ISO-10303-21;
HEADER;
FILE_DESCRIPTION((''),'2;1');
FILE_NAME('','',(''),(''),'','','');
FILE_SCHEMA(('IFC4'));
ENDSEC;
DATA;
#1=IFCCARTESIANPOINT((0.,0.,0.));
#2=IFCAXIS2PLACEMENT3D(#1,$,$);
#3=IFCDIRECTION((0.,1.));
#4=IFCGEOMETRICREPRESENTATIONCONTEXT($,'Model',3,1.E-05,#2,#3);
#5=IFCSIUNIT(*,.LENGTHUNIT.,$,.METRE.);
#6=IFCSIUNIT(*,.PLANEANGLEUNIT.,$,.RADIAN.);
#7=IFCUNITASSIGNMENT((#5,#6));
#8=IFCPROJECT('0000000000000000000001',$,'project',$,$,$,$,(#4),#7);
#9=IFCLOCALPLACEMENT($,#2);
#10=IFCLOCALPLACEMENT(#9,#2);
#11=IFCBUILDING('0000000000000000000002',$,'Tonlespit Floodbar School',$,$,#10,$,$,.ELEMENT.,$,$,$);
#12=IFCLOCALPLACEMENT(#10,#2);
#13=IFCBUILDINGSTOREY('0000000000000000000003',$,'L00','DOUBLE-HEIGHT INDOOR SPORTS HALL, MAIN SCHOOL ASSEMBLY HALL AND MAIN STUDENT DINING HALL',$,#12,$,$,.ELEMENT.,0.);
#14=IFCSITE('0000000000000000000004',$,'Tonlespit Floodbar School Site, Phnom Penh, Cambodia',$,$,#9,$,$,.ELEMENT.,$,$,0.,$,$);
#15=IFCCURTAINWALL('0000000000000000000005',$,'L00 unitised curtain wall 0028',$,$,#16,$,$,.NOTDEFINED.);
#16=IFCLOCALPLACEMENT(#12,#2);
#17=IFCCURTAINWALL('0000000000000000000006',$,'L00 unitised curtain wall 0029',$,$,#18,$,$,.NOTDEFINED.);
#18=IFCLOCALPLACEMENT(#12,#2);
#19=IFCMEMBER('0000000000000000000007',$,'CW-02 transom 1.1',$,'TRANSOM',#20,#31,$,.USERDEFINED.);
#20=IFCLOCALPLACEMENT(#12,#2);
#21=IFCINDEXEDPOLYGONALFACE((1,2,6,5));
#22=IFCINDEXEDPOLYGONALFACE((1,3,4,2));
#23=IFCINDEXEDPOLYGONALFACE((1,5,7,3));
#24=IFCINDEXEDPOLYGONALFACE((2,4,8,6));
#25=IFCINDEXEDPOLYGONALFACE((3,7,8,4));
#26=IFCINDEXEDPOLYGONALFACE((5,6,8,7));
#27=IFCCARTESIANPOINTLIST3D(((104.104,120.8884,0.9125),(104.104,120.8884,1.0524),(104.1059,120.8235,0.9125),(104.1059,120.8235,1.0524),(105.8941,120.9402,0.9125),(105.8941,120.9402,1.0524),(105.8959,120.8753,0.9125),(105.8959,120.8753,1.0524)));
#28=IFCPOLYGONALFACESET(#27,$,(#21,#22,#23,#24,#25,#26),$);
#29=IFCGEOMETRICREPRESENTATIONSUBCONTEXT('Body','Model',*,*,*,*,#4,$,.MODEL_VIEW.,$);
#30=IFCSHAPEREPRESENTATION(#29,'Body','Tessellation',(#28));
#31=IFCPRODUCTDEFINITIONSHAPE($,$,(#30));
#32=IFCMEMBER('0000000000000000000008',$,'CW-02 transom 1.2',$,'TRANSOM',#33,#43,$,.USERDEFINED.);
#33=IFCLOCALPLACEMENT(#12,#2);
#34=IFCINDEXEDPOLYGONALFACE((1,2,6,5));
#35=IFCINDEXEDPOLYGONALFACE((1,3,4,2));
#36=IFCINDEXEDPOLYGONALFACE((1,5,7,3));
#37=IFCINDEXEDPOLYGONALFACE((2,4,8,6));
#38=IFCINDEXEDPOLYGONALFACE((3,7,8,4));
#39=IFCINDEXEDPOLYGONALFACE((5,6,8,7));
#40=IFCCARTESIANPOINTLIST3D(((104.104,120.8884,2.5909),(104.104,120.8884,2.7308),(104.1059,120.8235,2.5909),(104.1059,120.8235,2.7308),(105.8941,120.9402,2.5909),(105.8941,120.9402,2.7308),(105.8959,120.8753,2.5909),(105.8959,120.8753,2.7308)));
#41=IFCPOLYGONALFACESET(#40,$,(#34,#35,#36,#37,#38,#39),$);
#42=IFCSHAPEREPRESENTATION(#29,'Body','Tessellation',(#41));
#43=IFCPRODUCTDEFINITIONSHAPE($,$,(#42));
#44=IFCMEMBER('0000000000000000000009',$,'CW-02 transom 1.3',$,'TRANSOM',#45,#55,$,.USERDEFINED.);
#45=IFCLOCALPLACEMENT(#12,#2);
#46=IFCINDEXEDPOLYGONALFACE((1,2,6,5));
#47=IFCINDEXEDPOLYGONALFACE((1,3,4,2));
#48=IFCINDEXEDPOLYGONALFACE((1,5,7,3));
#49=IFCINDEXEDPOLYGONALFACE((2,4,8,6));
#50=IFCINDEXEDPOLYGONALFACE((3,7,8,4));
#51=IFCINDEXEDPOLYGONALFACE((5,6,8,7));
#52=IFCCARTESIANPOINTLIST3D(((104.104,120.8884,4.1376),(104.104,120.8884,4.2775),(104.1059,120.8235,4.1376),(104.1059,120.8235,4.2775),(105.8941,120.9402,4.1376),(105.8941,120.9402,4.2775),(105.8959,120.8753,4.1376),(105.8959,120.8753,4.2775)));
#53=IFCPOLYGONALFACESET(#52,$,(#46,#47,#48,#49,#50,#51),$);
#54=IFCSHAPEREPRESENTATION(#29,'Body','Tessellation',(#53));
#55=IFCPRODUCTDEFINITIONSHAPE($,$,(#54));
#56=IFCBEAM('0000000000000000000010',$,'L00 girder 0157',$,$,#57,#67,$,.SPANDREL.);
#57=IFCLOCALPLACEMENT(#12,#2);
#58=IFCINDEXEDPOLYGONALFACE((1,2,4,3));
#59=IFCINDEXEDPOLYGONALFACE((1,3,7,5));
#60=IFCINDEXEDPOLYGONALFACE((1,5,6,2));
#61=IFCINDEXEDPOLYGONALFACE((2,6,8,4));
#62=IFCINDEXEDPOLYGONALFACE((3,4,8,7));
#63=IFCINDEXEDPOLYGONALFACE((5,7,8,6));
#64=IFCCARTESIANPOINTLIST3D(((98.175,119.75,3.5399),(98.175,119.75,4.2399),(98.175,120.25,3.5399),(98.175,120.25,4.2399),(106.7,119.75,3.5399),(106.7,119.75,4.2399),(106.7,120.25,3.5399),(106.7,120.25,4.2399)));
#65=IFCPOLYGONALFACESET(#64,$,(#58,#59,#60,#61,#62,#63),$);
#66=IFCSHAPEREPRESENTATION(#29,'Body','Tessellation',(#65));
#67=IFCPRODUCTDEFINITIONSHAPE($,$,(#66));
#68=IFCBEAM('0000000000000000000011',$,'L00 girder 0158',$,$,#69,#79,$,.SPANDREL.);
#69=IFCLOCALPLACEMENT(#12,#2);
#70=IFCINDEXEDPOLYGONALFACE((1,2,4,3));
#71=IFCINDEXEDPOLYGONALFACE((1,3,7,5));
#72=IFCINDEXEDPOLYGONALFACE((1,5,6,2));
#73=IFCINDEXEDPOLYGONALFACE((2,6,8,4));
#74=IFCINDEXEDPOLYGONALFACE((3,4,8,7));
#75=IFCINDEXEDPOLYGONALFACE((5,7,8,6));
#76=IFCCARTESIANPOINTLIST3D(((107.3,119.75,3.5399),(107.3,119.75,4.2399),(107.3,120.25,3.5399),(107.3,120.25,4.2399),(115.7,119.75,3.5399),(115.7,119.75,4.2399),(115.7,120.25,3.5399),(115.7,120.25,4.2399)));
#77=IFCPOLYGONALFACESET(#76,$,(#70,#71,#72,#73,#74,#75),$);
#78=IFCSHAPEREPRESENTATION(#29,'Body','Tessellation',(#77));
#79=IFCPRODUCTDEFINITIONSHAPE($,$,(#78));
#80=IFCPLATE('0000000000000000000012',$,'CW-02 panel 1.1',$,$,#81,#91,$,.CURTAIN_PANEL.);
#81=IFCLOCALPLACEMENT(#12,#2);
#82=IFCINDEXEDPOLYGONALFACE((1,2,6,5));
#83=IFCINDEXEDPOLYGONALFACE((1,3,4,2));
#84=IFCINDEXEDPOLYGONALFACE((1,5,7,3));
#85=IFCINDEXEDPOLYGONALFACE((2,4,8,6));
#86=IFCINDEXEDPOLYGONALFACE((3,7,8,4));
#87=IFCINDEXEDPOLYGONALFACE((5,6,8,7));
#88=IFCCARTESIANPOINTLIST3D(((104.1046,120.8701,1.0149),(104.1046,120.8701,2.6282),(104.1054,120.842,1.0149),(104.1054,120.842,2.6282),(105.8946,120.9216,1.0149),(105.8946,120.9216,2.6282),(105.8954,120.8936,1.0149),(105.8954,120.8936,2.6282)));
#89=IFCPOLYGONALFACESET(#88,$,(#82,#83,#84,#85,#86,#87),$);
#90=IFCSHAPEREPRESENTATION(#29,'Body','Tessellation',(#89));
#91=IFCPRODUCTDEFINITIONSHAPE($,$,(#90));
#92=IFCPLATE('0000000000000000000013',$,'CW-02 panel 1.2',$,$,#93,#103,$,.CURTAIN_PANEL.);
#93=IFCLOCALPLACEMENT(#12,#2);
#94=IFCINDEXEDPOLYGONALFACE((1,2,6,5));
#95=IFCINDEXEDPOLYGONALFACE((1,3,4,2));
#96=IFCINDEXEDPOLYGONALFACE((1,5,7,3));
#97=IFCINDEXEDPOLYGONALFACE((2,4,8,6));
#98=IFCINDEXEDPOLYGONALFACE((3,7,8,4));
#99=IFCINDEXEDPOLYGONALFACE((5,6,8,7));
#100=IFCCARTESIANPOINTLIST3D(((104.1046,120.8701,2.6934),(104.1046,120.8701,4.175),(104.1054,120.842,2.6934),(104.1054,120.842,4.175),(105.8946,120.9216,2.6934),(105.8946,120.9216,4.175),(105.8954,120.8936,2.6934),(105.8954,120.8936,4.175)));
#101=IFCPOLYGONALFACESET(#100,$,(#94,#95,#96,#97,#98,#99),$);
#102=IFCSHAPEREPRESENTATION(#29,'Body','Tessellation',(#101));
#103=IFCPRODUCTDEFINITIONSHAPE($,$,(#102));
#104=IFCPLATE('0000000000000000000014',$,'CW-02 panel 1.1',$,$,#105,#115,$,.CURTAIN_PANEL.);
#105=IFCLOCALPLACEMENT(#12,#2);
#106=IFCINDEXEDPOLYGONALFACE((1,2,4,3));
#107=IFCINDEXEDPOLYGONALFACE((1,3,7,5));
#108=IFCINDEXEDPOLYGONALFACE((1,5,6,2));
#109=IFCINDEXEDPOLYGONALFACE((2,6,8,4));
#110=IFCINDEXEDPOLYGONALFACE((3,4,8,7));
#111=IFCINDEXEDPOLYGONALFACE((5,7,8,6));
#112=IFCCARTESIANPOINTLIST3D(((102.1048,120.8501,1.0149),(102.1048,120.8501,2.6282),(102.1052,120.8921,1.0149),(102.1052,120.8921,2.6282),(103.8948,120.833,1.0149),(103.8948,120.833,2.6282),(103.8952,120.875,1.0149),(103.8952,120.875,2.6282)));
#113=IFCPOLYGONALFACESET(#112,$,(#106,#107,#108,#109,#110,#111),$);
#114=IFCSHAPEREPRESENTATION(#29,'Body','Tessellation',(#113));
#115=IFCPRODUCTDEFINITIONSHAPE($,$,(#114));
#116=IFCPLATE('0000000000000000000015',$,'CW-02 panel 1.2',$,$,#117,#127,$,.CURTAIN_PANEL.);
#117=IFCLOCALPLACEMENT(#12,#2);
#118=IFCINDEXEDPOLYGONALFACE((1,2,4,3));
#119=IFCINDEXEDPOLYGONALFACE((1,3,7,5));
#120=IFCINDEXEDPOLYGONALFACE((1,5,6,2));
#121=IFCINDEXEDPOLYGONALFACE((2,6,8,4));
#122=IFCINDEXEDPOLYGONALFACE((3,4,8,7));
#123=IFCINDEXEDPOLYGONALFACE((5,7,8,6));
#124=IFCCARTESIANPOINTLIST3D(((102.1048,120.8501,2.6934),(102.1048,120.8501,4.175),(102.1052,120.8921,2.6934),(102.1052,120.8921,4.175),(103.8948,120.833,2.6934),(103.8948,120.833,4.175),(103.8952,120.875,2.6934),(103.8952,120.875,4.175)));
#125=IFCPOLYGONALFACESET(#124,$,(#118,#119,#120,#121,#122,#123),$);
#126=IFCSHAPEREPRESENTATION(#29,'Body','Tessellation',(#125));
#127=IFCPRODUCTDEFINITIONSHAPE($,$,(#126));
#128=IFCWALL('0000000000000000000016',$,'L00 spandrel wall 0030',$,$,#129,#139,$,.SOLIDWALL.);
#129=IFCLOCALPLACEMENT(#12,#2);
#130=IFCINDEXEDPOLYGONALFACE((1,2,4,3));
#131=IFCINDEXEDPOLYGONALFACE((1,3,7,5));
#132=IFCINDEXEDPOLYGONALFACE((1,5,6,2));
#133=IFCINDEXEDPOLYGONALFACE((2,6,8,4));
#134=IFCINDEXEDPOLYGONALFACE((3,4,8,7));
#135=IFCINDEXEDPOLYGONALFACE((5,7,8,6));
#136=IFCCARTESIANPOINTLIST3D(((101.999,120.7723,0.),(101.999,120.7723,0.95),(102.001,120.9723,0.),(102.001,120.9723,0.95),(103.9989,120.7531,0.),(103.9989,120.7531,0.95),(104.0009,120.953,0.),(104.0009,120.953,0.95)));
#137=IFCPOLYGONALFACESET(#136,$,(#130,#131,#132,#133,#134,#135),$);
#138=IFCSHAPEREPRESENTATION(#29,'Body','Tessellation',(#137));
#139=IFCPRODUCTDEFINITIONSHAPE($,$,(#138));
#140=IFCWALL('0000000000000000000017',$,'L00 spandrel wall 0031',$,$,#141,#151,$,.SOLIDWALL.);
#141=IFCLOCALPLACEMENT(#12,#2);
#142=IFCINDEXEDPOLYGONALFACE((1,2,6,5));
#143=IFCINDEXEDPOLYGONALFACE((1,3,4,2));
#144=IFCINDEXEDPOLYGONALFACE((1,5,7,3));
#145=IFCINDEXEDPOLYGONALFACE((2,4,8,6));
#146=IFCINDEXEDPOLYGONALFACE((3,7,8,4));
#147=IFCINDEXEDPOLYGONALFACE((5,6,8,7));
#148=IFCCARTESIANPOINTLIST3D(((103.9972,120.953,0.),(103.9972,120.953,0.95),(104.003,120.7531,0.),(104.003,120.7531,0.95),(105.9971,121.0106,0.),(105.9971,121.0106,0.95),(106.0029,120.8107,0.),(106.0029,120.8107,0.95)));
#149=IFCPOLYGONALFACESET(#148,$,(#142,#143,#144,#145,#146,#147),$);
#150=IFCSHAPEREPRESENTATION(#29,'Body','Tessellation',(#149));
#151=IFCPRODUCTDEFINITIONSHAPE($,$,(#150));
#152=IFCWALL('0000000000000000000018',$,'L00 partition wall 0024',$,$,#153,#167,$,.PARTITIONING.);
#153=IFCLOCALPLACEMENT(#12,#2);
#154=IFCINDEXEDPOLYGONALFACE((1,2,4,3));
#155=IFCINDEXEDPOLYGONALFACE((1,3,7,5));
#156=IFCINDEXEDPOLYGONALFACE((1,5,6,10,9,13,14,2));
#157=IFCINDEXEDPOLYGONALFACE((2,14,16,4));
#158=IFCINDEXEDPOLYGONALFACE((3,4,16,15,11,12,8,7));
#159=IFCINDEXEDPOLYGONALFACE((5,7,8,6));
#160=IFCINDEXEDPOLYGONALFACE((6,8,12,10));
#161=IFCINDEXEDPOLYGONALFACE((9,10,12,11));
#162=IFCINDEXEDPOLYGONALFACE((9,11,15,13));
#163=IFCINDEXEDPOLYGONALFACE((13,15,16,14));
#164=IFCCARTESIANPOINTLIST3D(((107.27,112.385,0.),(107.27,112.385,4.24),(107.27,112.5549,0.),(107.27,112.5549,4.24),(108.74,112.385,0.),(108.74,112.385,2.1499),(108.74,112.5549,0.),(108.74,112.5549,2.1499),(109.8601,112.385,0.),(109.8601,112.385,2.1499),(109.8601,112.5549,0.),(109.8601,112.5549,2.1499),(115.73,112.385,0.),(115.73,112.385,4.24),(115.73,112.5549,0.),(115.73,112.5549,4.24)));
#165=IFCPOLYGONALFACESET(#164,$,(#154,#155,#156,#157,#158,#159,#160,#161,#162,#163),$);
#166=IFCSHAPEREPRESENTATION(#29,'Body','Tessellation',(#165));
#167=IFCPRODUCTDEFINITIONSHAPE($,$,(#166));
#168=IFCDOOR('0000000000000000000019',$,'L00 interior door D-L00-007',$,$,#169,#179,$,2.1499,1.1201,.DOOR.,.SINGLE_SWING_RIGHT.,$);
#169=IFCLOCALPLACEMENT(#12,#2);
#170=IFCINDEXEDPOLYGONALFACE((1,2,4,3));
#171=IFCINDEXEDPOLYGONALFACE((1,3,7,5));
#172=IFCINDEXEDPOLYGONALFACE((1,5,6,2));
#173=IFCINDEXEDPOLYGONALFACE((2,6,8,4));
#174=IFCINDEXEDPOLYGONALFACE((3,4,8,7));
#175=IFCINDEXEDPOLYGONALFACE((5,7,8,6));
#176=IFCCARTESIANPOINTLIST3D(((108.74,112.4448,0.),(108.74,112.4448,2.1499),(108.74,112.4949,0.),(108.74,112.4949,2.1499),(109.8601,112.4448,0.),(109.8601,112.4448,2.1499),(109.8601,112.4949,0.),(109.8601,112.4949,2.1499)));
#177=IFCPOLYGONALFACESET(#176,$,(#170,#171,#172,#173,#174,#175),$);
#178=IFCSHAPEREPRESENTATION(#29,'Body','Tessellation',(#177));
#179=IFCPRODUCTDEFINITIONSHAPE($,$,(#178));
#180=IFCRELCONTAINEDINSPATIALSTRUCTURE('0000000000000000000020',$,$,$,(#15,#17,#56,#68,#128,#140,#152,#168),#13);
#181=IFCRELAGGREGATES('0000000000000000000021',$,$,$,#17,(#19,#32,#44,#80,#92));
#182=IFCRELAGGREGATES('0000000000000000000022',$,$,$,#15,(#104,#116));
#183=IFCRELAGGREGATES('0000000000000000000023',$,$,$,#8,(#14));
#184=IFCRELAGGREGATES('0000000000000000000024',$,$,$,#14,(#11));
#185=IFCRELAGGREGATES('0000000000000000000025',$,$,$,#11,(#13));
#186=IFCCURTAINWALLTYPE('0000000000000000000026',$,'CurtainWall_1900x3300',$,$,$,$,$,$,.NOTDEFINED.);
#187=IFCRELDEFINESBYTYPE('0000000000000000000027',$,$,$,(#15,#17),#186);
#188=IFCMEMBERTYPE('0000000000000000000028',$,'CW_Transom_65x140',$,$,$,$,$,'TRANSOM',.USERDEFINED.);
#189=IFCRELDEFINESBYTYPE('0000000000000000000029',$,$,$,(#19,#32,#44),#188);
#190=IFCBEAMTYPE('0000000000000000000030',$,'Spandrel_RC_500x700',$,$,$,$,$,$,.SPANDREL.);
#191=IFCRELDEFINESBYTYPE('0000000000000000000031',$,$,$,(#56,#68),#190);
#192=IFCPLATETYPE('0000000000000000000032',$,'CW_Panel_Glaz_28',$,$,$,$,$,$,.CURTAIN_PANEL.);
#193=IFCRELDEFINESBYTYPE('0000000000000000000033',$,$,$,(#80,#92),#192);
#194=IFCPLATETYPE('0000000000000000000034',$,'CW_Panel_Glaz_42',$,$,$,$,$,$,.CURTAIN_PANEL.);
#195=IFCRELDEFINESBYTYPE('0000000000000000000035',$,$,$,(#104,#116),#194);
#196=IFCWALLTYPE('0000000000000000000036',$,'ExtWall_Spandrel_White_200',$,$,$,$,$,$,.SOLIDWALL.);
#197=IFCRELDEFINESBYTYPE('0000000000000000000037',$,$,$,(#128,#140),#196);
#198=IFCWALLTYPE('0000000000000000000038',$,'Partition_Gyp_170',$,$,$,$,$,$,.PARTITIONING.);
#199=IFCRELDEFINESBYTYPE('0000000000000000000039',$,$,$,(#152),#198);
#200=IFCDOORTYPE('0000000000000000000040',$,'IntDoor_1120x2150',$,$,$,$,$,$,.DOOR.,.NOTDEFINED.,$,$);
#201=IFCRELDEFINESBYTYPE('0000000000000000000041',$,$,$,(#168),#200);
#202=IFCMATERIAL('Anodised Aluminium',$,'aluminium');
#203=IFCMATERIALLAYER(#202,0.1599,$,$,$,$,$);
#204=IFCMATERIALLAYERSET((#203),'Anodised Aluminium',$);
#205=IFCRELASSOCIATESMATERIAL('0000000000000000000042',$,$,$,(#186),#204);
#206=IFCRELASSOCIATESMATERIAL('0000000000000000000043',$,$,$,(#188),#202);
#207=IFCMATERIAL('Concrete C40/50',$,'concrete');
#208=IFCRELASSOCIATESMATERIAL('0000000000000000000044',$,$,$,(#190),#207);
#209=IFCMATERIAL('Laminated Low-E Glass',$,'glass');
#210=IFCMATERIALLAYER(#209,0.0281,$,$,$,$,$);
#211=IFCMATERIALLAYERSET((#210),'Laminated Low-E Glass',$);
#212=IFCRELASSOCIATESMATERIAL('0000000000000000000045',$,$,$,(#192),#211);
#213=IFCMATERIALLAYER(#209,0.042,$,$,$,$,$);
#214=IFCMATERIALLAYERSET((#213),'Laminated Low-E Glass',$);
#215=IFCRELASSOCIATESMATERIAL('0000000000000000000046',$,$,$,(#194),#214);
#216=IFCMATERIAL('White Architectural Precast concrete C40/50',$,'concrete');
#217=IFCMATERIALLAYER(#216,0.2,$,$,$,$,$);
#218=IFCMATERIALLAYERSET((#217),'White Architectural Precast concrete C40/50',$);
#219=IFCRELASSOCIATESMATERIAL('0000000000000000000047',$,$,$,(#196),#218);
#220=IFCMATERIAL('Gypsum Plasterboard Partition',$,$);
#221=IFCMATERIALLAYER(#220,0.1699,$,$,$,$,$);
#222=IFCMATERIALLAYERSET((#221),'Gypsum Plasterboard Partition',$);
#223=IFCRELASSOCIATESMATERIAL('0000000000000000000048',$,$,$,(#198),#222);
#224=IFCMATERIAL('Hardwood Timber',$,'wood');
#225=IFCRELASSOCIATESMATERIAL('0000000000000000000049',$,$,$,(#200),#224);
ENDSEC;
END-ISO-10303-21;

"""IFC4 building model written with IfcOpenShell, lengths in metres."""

from ifc_helpers import new_model, si_unit, direction, frame, frame_2d, origin, origin_2d, place, context, subcontext, project, spatial, rectangle, extrude, material, layer, layer_set, material_profile, profile_set, type_object, element, fill, aggregate, save


model = new_model("IFC4")

# Units and contexts
model_context = context("Model", 3, precision=1e-05, world=origin(), true_north=direction((0.0, 1.0)))
body_context = subcontext(model_context, "Body", "Model", "MODEL_VIEW")
ifc_project = project(units=[si_unit("LENGTHUNIT", "METRE"), si_unit("PLANEANGLEUNIT", "RADIAN")], contexts=[model_context])

# Site, building, storey
site_placement = place(None, origin())
site = spatial("IfcSite", under=ifc_project, at=site_placement, Name="Tonlespit Floodbar School Site, Phnom Penh, Cambodia", CompositionType="ELEMENT", RefElevation=0.0)
building_placement = place(site_placement, origin())
building = spatial("IfcBuilding", under=site, at=building_placement, Name="Tonlespit Floodbar School", CompositionType="ELEMENT")
storey_placement = place(building_placement, origin())
storey = spatial("IfcBuildingStorey", under=building, at=storey_placement, Name="L00", Description="DOUBLE-HEIGHT INDOOR SPORTS HALL, MAIN SCHOOL ASSEMBLY HALL AND MAIN STUDENT DINING HALL", CompositionType="ELEMENT", Elevation=0.0)

# Shared definitions
ifc_material_1 = material(Name="Concrete C40/50", Category="concrete")

# Curtain wall
ifc_material_2 = material(Name="Anodised Aluminium", Category="aluminium")
ifc_layer_1 = layer(ifc_material_2, 0.1599)
ifc_layer_set_1 = layer_set([ifc_layer_1], Name="Anodised Aluminium")
curtain_wall_type = type_object("IfcCurtainWallType", Name="CurtainWall_1900x3300", PredefinedType="NOTDEFINED", material=ifc_layer_set_1)
curtain_wall_1_placement = place(storey_placement, origin())
curtain_wall_1 = element("IfcCurtainWall", 1, at=curtain_wall_1_placement, inside=storey, type_object=curtain_wall_type, Name="L00 unitised curtain wall 0028", PredefinedType="NOTDEFINED")

# Curtain wall
curtain_wall_2_placement = place(storey_placement, origin())
curtain_wall_2 = element("IfcCurtainWall", 2, at=curtain_wall_2_placement, inside=storey, type_object=curtain_wall_type, Name="L00 unitised curtain wall 0029", PredefinedType="NOTDEFINED")

# Members
ifc_material_profile_1 = material_profile(ifc_material_2, rectangle(XDim=0.0649, YDim=0.1399, at=origin_2d()), Name="ALU T65x140")
ifc_profile_set_1 = profile_set([ifc_material_profile_1], Name="Anodised Aluminium")
member_type_1 = type_object("IfcMemberType", Name="CW_Transom_65x140", ElementType="TRANSOM", PredefinedType="USERDEFINED", material=ifc_profile_set_1)
member_1_placement = place(storey_placement, frame((104.105, 120.856, 0.9824), z_axis=(0.999582, 0.028902, 0.0), x_axis=(-0.028902, 0.999582, 0.0)))
member_1 = element("IfcMember", 3, at=member_1_placement, type_object=member_type_1, Name="CW-02 transom 1.1", ObjectType="TRANSOM", PredefinedType="USERDEFINED", context=body_context, shape_type="SweptSolid", body=[
    extrude(rectangle(XDim=0.0649, YDim=0.1399, at=origin_2d()), origin(), (0.0, 0.0, 1.0), 1.7908),
])
member_2_placement = place(storey_placement, frame((104.105, 120.856, 2.6609), z_axis=(0.999582, 0.028902, 0.0), x_axis=(-0.028902, 0.999582, 0.0)))
member_2 = element("IfcMember", 4, at=member_2_placement, type_object=member_type_1, Name="CW-02 transom 1.2", ObjectType="TRANSOM", PredefinedType="USERDEFINED", context=body_context, shape_type="SweptSolid", body=[
    extrude(rectangle(XDim=0.0649, YDim=0.1399, at=origin_2d()), origin(), (0.0, 0.0, 1.0), 1.7908),
])
member_3_placement = place(storey_placement, frame((104.105, 120.856, 4.2075), z_axis=(0.999582, 0.028902, 0.0), x_axis=(-0.028902, 0.999582, 0.0)))
member_3 = element("IfcMember", 5, at=member_3_placement, type_object=member_type_1, Name="CW-02 transom 1.3", ObjectType="TRANSOM", PredefinedType="USERDEFINED", context=body_context, shape_type="SweptSolid", body=[
    extrude(rectangle(XDim=0.0649, YDim=0.1399, at=origin_2d()), origin(), (0.0, 0.0, 1.0), 1.7908),
])

# Beams
ifc_material_profile_2 = material_profile(ifc_material_1, rectangle(XDim=0.5, YDim=0.7, at=origin_2d()), Name="RC 500x700")
ifc_profile_set_2 = profile_set([ifc_material_profile_2], Name="Concrete C40/50")
beam_type_1 = type_object("IfcBeamType", Name="Spandrel_RC_500x700", PredefinedType="SPANDREL", material=ifc_profile_set_2)
beam_1_placement = place(storey_placement, frame((98.175, 120.0, 3.8899), z_axis=(1.0, 0.0, 0.0), x_axis=(0.0, 1.0, 0.0)))
element("IfcBeam", 6, at=beam_1_placement, inside=storey, type_object=beam_type_1, Name="L00 girder 0157", PredefinedType="SPANDREL", context=body_context, shape_type="SweptSolid", body=[
    extrude(rectangle(XDim=0.5, YDim=0.7, at=origin_2d()), origin(), (0.0, 0.0, 1.0), 8.5249),
])
beam_2_placement = place(storey_placement, frame((107.3, 120.0, 3.8899), z_axis=(1.0, 0.0, 0.0), x_axis=(0.0, 1.0, 0.0)))
element("IfcBeam", 7, at=beam_2_placement, inside=storey, type_object=beam_type_1, Name="L00 girder 0158", PredefinedType="SPANDREL", context=body_context, shape_type="SweptSolid", body=[
    extrude(rectangle(XDim=0.5, YDim=0.7, at=origin_2d()), origin(), (0.0, 0.0, 1.0), 8.3999),
])

# Plates
ifc_material_3 = material(Name="Laminated Low-E Glass", Category="glass")
ifc_layer_2 = layer(ifc_material_3, 0.0281)
ifc_layer_set_2 = layer_set([ifc_layer_2], Name="Laminated Low-E Glass")
plate_type_1 = type_object("IfcPlateType", Name="CW_Panel_Glaz_28", PredefinedType="CURTAIN_PANEL", material=ifc_layer_set_2)
plate_1_placement = place(storey_placement, frame((105.0, 120.8818, 1.0149), z_axis=(0.0, 0.0, 1.0), x_axis=(0.999585, 0.02879, 0.0)))
plate_1 = element("IfcPlate", 8, at=plate_1_placement, type_object=plate_type_1, Name="CW-02 panel 1.1", PredefinedType="CURTAIN_PANEL", context=body_context, shape_type="SweptSolid", body=[
    extrude(rectangle(XDim=1.7908, YDim=0.0281, at=origin_2d()), origin(), (0.0, 0.0, 1.0), 1.6133),
])
plate_2_placement = place(storey_placement, frame((105.0, 120.8818, 2.6934), z_axis=(0.0, 0.0, 1.0), x_axis=(0.999585, 0.02879, 0.0)))
plate_2 = element("IfcPlate", 9, at=plate_2_placement, type_object=plate_type_1, Name="CW-02 panel 1.2", PredefinedType="CURTAIN_PANEL", context=body_context, shape_type="SweptSolid", body=[
    extrude(rectangle(XDim=1.7908, YDim=0.0281, at=origin_2d()), origin(), (0.0, 0.0, 1.0), 1.4817),
])
aggregate(curtain_wall_2, [member_1, member_2, member_3, plate_1, plate_2])
ifc_layer_3 = layer(ifc_material_3, 0.042)
ifc_layer_set_3 = layer_set([ifc_layer_3], Name="Laminated Low-E Glass")
plate_type_2 = type_object("IfcPlateType", Name="CW_Panel_Glaz_42", PredefinedType="CURTAIN_PANEL", material=ifc_layer_set_3)
plate_3_placement = place(storey_placement, frame((103.0, 120.8625, 1.0149), z_axis=(0.0, 0.0, 1.0), x_axis=(0.999954, -0.009583, 0.0)))
plate_3 = element("IfcPlate", 10, at=plate_3_placement, type_object=plate_type_2, Name="CW-02 panel 1.1", PredefinedType="CURTAIN_PANEL", context=body_context, shape_type="SweptSolid", body=[
    extrude(rectangle(XDim=1.79, YDim=0.042, at=origin_2d()), origin(), (0.0, 0.0, 1.0), 1.6133),
])
plate_4_placement = place(storey_placement, frame((103.0, 120.8625, 2.6934), z_axis=(0.0, 0.0, 1.0), x_axis=(0.999954, -0.009583, 0.0)))
plate_4 = element("IfcPlate", 11, at=plate_4_placement, type_object=plate_type_2, Name="CW-02 panel 1.2", PredefinedType="CURTAIN_PANEL", context=body_context, shape_type="SweptSolid", body=[
    extrude(rectangle(XDim=1.79, YDim=0.042, at=origin_2d()), origin(), (0.0, 0.0, 1.0), 1.4817),
])
aggregate(curtain_wall_1, [plate_3, plate_4])

# Walls
ifc_material_4 = material(Name="White Architectural Precast concrete C40/50", Category="concrete")
ifc_layer_4 = layer(ifc_material_4, 0.2)
ifc_layer_set_4 = layer_set([ifc_layer_4], Name="White Architectural Precast concrete C40/50")
wall_type_1 = type_object("IfcWallType", Name="ExtWall_Spandrel_White_200", PredefinedType="SOLIDWALL", material=ifc_layer_set_4)
wall_1_placement = place(storey_placement, frame((102.0, 120.8723, 0.0), z_axis=(0.0, 0.0, 1.0), x_axis=(0.999954, -0.009643, 0.0)))
element("IfcWall", 12, at=wall_1_placement, inside=storey, type_object=wall_type_1, Name="L00 spandrel wall 0030", PredefinedType="SOLIDWALL", context=body_context, shape_type="SweptSolid", body=[
    extrude(rectangle(XDim=2.0, YDim=0.2, at=frame_2d((1.0, 0.0))), origin(), (0.0, 0.0, 1.0), 0.95),
])
wall_2_placement = place(storey_placement, frame((104.0, 120.853, 0.0), z_axis=(0.0, 0.0, 1.0), x_axis=(0.999585, 0.028797, 0.0)))
element("IfcWall", 13, at=wall_2_placement, inside=storey, type_object=wall_type_1, Name="L00 spandrel wall 0031", PredefinedType="SOLIDWALL", context=body_context, shape_type="SweptSolid", body=[
    extrude(rectangle(XDim=2.0007, YDim=0.2, at=frame_2d((1.0005, 0.0))), origin(), (0.0, 0.0, 1.0), 0.95),
])

# Wall, opening, door
ifc_material_5 = material(Name="Gypsum Plasterboard Partition")
ifc_layer_5 = layer(ifc_material_5, 0.1699)
ifc_layer_set_5 = layer_set([ifc_layer_5], Name="Gypsum Plasterboard Partition")
wall_type_2 = type_object("IfcWallType", Name="Partition_Gyp_170", PredefinedType="PARTITIONING", material=ifc_layer_set_5)
wall_3_placement = place(storey_placement, frame((107.27, 112.47, 0.0), z_axis=(0.0, 0.0, 1.0), x_axis=(1.0, 0.0, 0.0)))
wall_3 = element("IfcWall", 14, at=wall_3_placement, inside=storey, type_object=wall_type_2, Name="L00 partition wall 0024", PredefinedType="PARTITIONING", context=body_context, shape_type="SweptSolid", body=[
    extrude(rectangle(XDim=8.46, YDim=0.1699, at=frame_2d((4.23, 0.0))), origin(), (0.0, 0.0, 1.0), 4.24),
])
opening_placement = place(wall_3_placement, frame((1.47, 0.0, 0.0)))
opening = element("IfcOpeningElement", 15, at=opening_placement, cuts=wall_3, PredefinedType="OPENING", context=body_context, shape_type="SweptSolid", body=[
    extrude(rectangle(XDim=1.1201, YDim=2.1499, at=frame_2d((0.5601, 1.075))), frame((0.0, 0.095, 0.0), z_axis=(0.0, -1.0, 0.0), x_axis=(1.0, 0.0, 0.0)), (0.0, 0.0, 1.0), 0.1899),
])
ifc_material_6 = material(Name="Hardwood Timber", Category="wood")
door_type = type_object("IfcDoorType", Name="IntDoor_1120x2150", OperationType="NOTDEFINED", PredefinedType="DOOR", material=ifc_material_6)
door_placement = place(opening_placement, origin())
door = element("IfcDoor", 16, at=door_placement, inside=storey, type_object=door_type, Name="L00 interior door D-L00-007", OperationType="SINGLE_SWING_RIGHT", OverallHeight=2.1499, OverallWidth=1.1201, PredefinedType="DOOR", context=body_context, shape_type="SweptSolid", body=[
    extrude(rectangle(XDim=1.1201, YDim=2.1499, at=frame_2d((0.5601, 1.075))), frame((0.0, 0.0249, 0.0), z_axis=(0.0, -1.0, 0.0), x_axis=(1.0, 0.0, 0.0)), (0.0, 0.0, 1.0), 0.05),
])
fill(opening, door)

save(model, "model.ifc")
